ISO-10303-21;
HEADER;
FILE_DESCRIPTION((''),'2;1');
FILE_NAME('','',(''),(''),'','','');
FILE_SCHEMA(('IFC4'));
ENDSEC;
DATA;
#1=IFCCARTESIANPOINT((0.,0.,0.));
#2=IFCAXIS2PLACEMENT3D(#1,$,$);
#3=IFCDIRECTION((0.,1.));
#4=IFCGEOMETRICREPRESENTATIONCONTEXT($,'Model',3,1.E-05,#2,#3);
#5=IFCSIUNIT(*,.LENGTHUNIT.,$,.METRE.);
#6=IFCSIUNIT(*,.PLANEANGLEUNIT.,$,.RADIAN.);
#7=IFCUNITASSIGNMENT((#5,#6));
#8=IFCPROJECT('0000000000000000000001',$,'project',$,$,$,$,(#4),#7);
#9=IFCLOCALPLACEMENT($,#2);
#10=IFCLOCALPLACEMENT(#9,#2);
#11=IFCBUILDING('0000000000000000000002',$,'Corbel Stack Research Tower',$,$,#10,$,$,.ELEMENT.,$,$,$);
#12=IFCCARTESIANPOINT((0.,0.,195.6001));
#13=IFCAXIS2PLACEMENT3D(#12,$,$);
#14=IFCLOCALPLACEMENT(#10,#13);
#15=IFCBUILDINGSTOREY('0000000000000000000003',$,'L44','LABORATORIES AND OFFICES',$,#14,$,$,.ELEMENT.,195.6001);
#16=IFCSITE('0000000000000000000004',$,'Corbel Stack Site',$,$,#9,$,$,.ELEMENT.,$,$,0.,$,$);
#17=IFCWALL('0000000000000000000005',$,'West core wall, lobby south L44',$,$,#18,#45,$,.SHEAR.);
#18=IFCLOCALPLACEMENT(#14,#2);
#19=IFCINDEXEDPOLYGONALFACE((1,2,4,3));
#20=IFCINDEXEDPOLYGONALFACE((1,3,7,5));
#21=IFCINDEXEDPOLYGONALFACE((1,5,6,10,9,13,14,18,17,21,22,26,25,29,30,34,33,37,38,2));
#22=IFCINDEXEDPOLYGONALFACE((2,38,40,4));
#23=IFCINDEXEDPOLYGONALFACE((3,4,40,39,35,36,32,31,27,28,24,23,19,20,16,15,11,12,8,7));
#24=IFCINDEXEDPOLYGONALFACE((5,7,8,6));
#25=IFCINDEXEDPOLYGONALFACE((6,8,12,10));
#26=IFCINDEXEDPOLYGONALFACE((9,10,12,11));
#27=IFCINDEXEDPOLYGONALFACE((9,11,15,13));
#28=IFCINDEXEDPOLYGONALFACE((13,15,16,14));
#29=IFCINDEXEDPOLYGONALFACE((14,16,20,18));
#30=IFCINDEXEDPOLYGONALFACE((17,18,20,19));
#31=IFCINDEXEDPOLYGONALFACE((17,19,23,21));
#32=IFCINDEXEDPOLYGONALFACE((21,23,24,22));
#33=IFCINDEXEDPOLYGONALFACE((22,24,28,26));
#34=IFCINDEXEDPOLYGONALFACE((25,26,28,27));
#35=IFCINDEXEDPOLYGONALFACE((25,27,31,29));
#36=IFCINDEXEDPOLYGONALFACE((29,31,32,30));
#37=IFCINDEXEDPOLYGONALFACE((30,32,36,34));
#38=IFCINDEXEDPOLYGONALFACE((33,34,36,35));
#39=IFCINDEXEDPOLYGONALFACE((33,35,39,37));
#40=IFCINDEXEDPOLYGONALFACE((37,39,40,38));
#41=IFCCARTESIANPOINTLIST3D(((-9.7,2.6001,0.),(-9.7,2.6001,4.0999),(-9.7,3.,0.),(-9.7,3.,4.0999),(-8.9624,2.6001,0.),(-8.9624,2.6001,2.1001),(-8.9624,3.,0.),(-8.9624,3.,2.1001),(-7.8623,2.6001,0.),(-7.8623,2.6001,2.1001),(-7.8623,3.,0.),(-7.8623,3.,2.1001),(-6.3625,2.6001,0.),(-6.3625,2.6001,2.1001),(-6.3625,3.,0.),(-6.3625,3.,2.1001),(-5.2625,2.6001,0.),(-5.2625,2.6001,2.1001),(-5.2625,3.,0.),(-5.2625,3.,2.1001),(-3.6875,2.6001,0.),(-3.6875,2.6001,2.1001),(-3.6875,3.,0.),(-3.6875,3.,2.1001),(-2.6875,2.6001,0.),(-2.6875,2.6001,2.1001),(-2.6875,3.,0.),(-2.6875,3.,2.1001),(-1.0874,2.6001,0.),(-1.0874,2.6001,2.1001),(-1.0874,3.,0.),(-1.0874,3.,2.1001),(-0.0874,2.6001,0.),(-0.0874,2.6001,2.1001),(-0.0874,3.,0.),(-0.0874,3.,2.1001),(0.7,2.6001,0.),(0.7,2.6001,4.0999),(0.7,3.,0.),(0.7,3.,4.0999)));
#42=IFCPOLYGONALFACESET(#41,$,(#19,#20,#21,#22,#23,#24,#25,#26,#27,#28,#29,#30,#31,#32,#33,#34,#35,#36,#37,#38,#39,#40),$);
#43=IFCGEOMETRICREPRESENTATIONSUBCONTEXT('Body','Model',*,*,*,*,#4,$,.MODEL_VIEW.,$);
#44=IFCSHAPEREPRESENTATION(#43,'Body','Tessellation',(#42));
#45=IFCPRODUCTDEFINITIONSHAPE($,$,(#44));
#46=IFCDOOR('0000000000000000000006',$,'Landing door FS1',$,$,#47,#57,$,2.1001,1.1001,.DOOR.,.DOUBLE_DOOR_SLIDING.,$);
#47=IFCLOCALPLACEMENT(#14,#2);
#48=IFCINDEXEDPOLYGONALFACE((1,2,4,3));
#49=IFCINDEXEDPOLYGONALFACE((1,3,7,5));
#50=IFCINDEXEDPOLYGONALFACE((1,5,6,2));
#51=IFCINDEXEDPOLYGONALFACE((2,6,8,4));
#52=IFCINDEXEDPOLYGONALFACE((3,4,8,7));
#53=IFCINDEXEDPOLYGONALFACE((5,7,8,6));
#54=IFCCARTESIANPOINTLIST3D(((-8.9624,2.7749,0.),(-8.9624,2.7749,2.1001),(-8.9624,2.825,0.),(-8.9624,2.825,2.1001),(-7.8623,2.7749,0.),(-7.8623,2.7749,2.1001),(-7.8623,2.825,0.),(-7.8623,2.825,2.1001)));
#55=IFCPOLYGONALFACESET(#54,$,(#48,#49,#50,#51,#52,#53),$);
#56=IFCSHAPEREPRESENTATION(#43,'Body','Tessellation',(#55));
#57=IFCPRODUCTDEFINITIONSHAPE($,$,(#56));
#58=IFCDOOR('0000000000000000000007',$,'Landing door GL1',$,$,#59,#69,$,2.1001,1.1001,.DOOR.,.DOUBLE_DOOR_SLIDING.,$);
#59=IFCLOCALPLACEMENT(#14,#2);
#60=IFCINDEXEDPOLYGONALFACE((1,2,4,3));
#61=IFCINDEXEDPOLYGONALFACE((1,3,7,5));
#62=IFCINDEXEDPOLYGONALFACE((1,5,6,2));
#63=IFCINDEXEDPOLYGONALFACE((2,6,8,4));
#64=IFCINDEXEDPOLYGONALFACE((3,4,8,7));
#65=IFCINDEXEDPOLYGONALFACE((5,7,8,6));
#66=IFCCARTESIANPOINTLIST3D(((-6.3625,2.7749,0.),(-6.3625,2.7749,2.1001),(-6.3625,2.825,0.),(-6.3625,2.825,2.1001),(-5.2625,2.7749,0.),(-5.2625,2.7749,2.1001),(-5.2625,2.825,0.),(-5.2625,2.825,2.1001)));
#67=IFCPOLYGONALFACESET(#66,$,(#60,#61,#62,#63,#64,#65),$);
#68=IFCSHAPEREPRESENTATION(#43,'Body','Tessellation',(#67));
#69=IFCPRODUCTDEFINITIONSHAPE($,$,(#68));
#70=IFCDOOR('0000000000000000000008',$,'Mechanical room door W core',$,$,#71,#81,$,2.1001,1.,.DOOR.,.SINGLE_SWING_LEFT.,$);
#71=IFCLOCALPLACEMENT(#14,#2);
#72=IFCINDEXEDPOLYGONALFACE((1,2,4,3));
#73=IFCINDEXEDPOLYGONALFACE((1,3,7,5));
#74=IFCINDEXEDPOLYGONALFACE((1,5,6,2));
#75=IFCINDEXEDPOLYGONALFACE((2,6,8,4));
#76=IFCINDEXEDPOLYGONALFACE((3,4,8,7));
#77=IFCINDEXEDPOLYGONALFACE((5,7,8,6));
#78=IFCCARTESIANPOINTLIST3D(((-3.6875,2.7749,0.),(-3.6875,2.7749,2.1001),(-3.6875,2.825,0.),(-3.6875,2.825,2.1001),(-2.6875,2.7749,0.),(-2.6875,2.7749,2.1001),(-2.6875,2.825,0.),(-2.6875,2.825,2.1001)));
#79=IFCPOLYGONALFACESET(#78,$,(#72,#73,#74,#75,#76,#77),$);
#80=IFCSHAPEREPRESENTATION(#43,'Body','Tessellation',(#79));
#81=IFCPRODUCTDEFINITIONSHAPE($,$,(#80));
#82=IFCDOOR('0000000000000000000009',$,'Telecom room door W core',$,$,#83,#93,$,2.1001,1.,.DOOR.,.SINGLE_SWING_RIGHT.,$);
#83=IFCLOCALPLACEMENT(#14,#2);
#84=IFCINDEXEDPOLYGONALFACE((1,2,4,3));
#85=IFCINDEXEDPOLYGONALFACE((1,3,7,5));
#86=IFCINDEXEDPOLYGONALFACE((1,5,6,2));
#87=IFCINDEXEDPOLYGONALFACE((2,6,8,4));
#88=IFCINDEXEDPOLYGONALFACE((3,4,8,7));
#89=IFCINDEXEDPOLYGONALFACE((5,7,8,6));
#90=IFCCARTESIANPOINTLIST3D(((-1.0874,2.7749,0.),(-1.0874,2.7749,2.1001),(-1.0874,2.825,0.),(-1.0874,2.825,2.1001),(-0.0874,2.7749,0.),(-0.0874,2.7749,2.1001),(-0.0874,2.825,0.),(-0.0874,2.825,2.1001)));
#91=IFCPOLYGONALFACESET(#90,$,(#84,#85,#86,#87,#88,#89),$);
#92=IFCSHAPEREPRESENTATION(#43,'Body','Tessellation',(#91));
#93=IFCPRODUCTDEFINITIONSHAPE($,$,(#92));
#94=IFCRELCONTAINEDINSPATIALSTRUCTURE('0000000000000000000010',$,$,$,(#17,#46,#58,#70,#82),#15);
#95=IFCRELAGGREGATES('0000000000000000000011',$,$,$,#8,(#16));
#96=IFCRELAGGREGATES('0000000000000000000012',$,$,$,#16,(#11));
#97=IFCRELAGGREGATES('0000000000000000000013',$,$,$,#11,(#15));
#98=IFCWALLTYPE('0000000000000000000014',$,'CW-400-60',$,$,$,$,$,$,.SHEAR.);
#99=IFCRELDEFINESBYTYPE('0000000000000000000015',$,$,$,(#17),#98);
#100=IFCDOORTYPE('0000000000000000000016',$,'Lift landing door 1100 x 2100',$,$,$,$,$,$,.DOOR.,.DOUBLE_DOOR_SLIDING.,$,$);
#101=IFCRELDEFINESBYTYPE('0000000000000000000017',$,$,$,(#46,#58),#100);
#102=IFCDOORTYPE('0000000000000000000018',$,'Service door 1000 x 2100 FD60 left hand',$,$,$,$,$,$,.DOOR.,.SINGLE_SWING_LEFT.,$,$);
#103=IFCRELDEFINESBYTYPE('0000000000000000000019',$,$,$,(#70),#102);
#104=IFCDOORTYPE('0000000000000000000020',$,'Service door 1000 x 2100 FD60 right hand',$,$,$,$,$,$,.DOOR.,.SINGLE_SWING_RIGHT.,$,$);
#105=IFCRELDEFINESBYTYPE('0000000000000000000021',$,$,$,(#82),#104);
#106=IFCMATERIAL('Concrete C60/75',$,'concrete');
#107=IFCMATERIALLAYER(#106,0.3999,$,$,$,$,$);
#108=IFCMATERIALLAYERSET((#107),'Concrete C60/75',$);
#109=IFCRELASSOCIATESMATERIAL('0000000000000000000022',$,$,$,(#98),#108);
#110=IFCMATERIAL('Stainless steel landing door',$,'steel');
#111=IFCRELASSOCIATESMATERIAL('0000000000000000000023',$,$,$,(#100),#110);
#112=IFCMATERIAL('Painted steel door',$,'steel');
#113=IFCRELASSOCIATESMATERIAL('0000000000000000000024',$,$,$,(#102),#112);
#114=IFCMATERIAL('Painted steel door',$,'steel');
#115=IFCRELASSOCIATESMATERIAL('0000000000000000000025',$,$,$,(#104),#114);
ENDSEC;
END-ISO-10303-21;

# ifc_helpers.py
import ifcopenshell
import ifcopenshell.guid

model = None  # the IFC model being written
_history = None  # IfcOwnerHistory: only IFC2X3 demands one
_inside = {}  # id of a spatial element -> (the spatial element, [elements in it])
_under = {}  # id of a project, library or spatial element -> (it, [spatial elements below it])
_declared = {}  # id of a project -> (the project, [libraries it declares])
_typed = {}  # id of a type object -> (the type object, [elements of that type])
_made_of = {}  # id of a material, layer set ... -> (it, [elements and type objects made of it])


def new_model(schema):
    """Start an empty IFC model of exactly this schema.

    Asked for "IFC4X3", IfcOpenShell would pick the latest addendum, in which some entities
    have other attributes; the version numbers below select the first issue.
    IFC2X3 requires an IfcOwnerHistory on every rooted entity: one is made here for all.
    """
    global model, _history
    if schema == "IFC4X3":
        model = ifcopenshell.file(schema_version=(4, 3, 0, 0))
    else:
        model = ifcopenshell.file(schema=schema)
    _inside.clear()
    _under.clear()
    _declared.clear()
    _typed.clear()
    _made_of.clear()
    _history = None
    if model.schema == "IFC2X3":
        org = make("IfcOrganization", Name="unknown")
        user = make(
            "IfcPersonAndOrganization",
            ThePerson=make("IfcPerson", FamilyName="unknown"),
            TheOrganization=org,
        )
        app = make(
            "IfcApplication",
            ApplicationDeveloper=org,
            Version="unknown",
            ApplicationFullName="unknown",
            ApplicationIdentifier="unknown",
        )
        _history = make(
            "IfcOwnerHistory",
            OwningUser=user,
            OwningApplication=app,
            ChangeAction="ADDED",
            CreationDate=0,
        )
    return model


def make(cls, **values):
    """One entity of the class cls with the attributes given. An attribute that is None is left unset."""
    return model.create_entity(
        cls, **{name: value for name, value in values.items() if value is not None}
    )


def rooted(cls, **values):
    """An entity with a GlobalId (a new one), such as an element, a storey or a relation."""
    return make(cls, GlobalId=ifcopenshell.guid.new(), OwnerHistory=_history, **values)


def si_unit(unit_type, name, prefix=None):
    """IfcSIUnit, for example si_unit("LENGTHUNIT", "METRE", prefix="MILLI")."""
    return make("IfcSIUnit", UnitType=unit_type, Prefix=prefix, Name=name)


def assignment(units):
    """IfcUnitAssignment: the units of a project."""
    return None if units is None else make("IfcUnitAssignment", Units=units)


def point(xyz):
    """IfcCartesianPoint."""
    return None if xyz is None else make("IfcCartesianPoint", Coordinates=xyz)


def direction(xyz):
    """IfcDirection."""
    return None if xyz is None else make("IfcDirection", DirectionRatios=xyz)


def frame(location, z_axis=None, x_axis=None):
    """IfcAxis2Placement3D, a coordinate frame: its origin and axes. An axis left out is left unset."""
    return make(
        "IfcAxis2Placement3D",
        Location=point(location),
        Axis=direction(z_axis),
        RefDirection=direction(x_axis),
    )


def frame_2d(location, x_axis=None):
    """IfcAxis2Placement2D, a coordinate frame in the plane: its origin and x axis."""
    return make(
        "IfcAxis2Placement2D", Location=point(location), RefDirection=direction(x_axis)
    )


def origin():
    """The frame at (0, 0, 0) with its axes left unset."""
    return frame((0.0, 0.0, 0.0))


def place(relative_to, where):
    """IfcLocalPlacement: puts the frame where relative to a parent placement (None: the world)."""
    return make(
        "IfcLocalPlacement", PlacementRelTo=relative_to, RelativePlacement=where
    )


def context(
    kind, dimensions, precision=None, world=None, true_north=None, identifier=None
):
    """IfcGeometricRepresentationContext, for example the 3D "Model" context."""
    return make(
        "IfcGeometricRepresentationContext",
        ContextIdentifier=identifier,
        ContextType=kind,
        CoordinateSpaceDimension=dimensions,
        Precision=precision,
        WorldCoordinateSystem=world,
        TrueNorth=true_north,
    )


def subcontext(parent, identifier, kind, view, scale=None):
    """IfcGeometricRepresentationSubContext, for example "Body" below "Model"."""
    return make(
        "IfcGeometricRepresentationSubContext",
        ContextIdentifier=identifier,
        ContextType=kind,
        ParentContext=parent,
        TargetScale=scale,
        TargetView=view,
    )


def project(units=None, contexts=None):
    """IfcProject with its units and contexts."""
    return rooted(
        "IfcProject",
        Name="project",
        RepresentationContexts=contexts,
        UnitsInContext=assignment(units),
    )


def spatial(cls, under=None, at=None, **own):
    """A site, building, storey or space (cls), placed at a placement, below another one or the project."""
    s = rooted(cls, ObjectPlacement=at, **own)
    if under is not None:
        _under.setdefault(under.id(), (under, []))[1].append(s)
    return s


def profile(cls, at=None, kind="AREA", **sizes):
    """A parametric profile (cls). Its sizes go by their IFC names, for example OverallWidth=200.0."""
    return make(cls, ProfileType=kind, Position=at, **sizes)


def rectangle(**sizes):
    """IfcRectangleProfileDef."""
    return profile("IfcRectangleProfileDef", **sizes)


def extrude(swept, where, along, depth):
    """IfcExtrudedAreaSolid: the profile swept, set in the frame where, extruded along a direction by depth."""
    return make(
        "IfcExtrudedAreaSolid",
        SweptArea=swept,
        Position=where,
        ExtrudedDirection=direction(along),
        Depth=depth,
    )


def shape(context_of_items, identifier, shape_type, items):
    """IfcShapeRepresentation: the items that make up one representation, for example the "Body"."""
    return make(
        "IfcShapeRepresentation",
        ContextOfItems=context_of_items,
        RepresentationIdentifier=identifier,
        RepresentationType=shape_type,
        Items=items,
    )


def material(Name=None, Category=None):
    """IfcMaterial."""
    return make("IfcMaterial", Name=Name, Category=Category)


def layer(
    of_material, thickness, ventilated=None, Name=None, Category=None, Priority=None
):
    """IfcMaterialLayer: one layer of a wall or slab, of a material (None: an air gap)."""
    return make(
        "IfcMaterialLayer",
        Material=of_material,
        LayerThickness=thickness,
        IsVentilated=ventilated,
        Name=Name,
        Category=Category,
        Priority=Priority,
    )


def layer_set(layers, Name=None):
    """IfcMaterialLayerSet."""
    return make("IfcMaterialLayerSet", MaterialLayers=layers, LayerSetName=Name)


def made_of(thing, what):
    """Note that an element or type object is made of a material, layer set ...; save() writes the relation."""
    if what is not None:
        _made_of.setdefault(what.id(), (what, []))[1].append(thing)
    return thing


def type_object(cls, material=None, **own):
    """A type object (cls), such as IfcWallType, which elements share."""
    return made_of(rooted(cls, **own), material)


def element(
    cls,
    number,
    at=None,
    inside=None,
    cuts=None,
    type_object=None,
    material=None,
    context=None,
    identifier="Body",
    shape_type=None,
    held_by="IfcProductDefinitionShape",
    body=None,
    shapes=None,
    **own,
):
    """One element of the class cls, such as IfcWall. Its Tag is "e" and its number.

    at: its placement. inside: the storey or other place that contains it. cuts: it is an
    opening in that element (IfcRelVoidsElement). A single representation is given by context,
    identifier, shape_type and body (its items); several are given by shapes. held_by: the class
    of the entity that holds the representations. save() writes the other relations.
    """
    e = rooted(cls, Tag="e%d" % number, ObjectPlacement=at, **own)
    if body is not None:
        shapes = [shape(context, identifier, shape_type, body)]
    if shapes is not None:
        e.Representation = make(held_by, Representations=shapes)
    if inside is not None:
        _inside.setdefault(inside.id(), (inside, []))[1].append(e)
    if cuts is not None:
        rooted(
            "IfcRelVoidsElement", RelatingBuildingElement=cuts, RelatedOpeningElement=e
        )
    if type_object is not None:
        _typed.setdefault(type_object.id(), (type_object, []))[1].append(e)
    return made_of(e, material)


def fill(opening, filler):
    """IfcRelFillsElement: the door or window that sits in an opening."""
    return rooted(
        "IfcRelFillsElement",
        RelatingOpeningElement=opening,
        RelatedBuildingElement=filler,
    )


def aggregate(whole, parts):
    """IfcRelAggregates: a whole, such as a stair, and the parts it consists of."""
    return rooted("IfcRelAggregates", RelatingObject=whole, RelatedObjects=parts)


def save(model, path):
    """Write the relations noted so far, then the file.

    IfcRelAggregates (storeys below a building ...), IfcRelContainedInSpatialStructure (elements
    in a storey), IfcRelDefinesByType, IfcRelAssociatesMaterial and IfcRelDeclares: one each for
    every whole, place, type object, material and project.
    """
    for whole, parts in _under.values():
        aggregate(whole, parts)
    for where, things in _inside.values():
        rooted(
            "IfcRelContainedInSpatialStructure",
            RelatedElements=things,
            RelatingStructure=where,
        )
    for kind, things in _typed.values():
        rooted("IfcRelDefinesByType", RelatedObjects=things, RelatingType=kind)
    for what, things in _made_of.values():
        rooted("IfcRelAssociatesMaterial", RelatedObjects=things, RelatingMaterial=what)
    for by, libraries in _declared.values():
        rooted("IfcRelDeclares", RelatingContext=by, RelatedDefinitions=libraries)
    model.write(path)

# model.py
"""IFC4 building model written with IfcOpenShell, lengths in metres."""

from ifc_helpers import new_model, si_unit, direction, frame, frame_2d, origin, place, context, subcontext, project, spatial, rectangle, extrude, material, layer, layer_set, type_object, element, fill, save


model = new_model("IFC4")

# Units and contexts
model_context = context("Model", 3, precision=1e-05, world=origin(), true_north=direction((0.0, 1.0)))
body_context = subcontext(model_context, "Body", "Model", "MODEL_VIEW")
ifc_project = project(units=[si_unit("LENGTHUNIT", "METRE"), si_unit("PLANEANGLEUNIT", "RADIAN")], contexts=[model_context])

# Site, building, storey
site_placement = place(None, origin())
site = spatial("IfcSite", under=ifc_project, at=site_placement, Name="Corbel Stack Site", CompositionType="ELEMENT", RefElevation=0.0)
building_placement = place(site_placement, origin())
building = spatial("IfcBuilding", under=site, at=building_placement, Name="Corbel Stack Research Tower", CompositionType="ELEMENT")
storey_placement = place(building_placement, frame((0.0, 0.0, 195.6001)))
storey = spatial("IfcBuildingStorey", under=building, at=storey_placement, Name="L44", Description="LABORATORIES AND OFFICES", CompositionType="ELEMENT", Elevation=195.6001)

# Wall, openings, doors
ifc_material_1 = material(Name="Concrete C60/75", Category="concrete")
ifc_layer_1 = layer(ifc_material_1, 0.3999)
ifc_layer_set_1 = layer_set([ifc_layer_1], Name="Concrete C60/75")
wall_type_1 = type_object("IfcWallType", Name="CW-400-60", PredefinedType="SHEAR", material=ifc_layer_set_1)
wall_1_placement = place(storey_placement, frame((-9.7, 2.8, 0.0), z_axis=(0.0, 0.0, 1.0), x_axis=(1.0, 0.0, 0.0)))
wall_1 = element("IfcWall", 1, at=wall_1_placement, inside=storey, type_object=wall_type_1, Name="West core wall, lobby south L44", PredefinedType="SHEAR", context=body_context, shape_type="SweptSolid", body=[
    extrude(rectangle(XDim=10.3999, YDim=0.3999, at=frame_2d((5.2, 0.0))), origin(), (0.0, 0.0, 1.0), 4.0999),
])
opening_1_placement = place(wall_1_placement, frame((0.7375, 0.0, 0.0)))
opening_1 = element("IfcOpeningElement", 2, at=opening_1_placement, cuts=wall_1, PredefinedType="OPENING", context=body_context, shape_type="SweptSolid", body=[
    extrude(rectangle(XDim=1.1001, YDim=2.1001, at=frame_2d((0.55, 1.05))), frame((0.0, 0.21, 0.0), z_axis=(0.0, -1.0, 0.0), x_axis=(1.0, 0.0, 0.0)), (0.0, 0.0, 1.0), 0.4199),
])
opening_2_placement = place(wall_1_placement, frame((3.3374, 0.0, 0.0)))
opening_2 = element("IfcOpeningElement", 3, at=opening_2_placement, cuts=wall_1, PredefinedType="OPENING", context=body_context, shape_type="SweptSolid", body=[
    extrude(rectangle(XDim=1.1001, YDim=2.1001, at=frame_2d((0.55, 1.05))), frame((0.0, 0.21, 0.0), z_axis=(0.0, -1.0, 0.0), x_axis=(1.0, 0.0, 0.0)), (0.0, 0.0, 1.0), 0.4199),
])
opening_3_placement = place(wall_1_placement, frame((6.0125, 0.0, 0.0)))
opening_3 = element("IfcOpeningElement", 4, at=opening_3_placement, cuts=wall_1, PredefinedType="OPENING", context=body_context, shape_type="SweptSolid", body=[
    extrude(rectangle(XDim=1.0, YDim=2.1001, at=frame_2d((0.5, 1.05))), frame((0.0, 0.21, 0.0), z_axis=(0.0, -1.0, 0.0), x_axis=(1.0, 0.0, 0.0)), (0.0, 0.0, 1.0), 0.4199),
])
opening_4_placement = place(wall_1_placement, frame((8.6125, 0.0, 0.0)))
opening_4 = element("IfcOpeningElement", 5, at=opening_4_placement, cuts=wall_1, PredefinedType="OPENING", context=body_context, shape_type="SweptSolid", body=[
    extrude(rectangle(XDim=1.0, YDim=2.1001, at=frame_2d((0.5, 1.05))), frame((0.0, 0.21, 0.0), z_axis=(0.0, -1.0, 0.0), x_axis=(1.0, 0.0, 0.0)), (0.0, 0.0, 1.0), 0.4199),
])
ifc_material_2 = material(Name="Stainless steel landing door", Category="steel")
door_type_1 = type_object("IfcDoorType", Name="Lift landing door 1100 x 2100", OperationType="DOUBLE_DOOR_SLIDING", PredefinedType="DOOR", material=ifc_material_2)
door_1_placement = place(opening_1_placement, origin())
door_1 = element("IfcDoor", 6, at=door_1_placement, inside=storey, type_object=door_type_1, Name="Landing door FS1", OperationType="DOUBLE_DOOR_SLIDING", OverallHeight=2.1001, OverallWidth=1.1001, PredefinedType="DOOR", context=body_context, shape_type="SweptSolid", body=[
    extrude(rectangle(XDim=1.1001, YDim=2.1001, at=frame_2d((0.55, 1.05))), frame((0.0, 0.0249, 0.0), z_axis=(0.0, -1.0, 0.0), x_axis=(1.0, 0.0, 0.0)), (0.0, 0.0, 1.0), 0.05),
])
fill(opening_1, door_1)
door_2_placement = place(opening_2_placement, origin())
door_2 = element("IfcDoor", 7, at=door_2_placement, inside=storey, type_object=door_type_1, Name="Landing door GL1", OperationType="DOUBLE_DOOR_SLIDING", OverallHeight=2.1001, OverallWidth=1.1001, PredefinedType="DOOR", context=body_context, shape_type="SweptSolid", body=[
    extrude(rectangle(XDim=1.1001, YDim=2.1001, at=frame_2d((0.55, 1.05))), frame((0.0, 0.0249, 0.0), z_axis=(0.0, -1.0, 0.0), x_axis=(1.0, 0.0, 0.0)), (0.0, 0.0, 1.0), 0.05),
])
fill(opening_2, door_2)
ifc_material_3 = material(Name="Painted steel door", Category="steel")
door_type_2 = type_object("IfcDoorType", Name="Service door 1000 x 2100 FD60 left hand", OperationType="SINGLE_SWING_LEFT", PredefinedType="DOOR", material=ifc_material_3)
door_3_placement = place(opening_3_placement, origin())
door_3 = element("IfcDoor", 8, at=door_3_placement, inside=storey, type_object=door_type_2, Name="Mechanical room door W core", OperationType="SINGLE_SWING_LEFT", OverallHeight=2.1001, OverallWidth=1.0, PredefinedType="DOOR", context=body_context, shape_type="SweptSolid", body=[
    extrude(rectangle(XDim=1.0, YDim=2.1001, at=frame_2d((0.5, 1.05))), frame((0.0, 0.0249, 0.0), z_axis=(0.0, -1.0, 0.0), x_axis=(1.0, 0.0, 0.0)), (0.0, 0.0, 1.0), 0.05),
])
fill(opening_3, door_3)
ifc_material_4 = material(Name="Painted steel door", Category="steel")
door_type_3 = type_object("IfcDoorType", Name="Service door 1000 x 2100 FD60 right hand", OperationType="SINGLE_SWING_RIGHT", PredefinedType="DOOR", material=ifc_material_4)
door_4_placement = place(opening_4_placement, origin())
door_4 = element("IfcDoor", 9, at=door_4_placement, inside=storey, type_object=door_type_3, Name="Telecom room door W core", OperationType="SINGLE_SWING_RIGHT", OverallHeight=2.1001, OverallWidth=1.0, PredefinedType="DOOR", context=body_context, shape_type="SweptSolid", body=[
    extrude(rectangle(XDim=1.0, YDim=2.1001, at=frame_2d((0.5, 1.05))), frame((0.0, 0.0249, 0.0), z_axis=(0.0, -1.0, 0.0), x_axis=(1.0, 0.0, 0.0)), (0.0, 0.0, 1.0), 0.05),
])
fill(opening_4, door_4)

save(model, "model.ifc")
